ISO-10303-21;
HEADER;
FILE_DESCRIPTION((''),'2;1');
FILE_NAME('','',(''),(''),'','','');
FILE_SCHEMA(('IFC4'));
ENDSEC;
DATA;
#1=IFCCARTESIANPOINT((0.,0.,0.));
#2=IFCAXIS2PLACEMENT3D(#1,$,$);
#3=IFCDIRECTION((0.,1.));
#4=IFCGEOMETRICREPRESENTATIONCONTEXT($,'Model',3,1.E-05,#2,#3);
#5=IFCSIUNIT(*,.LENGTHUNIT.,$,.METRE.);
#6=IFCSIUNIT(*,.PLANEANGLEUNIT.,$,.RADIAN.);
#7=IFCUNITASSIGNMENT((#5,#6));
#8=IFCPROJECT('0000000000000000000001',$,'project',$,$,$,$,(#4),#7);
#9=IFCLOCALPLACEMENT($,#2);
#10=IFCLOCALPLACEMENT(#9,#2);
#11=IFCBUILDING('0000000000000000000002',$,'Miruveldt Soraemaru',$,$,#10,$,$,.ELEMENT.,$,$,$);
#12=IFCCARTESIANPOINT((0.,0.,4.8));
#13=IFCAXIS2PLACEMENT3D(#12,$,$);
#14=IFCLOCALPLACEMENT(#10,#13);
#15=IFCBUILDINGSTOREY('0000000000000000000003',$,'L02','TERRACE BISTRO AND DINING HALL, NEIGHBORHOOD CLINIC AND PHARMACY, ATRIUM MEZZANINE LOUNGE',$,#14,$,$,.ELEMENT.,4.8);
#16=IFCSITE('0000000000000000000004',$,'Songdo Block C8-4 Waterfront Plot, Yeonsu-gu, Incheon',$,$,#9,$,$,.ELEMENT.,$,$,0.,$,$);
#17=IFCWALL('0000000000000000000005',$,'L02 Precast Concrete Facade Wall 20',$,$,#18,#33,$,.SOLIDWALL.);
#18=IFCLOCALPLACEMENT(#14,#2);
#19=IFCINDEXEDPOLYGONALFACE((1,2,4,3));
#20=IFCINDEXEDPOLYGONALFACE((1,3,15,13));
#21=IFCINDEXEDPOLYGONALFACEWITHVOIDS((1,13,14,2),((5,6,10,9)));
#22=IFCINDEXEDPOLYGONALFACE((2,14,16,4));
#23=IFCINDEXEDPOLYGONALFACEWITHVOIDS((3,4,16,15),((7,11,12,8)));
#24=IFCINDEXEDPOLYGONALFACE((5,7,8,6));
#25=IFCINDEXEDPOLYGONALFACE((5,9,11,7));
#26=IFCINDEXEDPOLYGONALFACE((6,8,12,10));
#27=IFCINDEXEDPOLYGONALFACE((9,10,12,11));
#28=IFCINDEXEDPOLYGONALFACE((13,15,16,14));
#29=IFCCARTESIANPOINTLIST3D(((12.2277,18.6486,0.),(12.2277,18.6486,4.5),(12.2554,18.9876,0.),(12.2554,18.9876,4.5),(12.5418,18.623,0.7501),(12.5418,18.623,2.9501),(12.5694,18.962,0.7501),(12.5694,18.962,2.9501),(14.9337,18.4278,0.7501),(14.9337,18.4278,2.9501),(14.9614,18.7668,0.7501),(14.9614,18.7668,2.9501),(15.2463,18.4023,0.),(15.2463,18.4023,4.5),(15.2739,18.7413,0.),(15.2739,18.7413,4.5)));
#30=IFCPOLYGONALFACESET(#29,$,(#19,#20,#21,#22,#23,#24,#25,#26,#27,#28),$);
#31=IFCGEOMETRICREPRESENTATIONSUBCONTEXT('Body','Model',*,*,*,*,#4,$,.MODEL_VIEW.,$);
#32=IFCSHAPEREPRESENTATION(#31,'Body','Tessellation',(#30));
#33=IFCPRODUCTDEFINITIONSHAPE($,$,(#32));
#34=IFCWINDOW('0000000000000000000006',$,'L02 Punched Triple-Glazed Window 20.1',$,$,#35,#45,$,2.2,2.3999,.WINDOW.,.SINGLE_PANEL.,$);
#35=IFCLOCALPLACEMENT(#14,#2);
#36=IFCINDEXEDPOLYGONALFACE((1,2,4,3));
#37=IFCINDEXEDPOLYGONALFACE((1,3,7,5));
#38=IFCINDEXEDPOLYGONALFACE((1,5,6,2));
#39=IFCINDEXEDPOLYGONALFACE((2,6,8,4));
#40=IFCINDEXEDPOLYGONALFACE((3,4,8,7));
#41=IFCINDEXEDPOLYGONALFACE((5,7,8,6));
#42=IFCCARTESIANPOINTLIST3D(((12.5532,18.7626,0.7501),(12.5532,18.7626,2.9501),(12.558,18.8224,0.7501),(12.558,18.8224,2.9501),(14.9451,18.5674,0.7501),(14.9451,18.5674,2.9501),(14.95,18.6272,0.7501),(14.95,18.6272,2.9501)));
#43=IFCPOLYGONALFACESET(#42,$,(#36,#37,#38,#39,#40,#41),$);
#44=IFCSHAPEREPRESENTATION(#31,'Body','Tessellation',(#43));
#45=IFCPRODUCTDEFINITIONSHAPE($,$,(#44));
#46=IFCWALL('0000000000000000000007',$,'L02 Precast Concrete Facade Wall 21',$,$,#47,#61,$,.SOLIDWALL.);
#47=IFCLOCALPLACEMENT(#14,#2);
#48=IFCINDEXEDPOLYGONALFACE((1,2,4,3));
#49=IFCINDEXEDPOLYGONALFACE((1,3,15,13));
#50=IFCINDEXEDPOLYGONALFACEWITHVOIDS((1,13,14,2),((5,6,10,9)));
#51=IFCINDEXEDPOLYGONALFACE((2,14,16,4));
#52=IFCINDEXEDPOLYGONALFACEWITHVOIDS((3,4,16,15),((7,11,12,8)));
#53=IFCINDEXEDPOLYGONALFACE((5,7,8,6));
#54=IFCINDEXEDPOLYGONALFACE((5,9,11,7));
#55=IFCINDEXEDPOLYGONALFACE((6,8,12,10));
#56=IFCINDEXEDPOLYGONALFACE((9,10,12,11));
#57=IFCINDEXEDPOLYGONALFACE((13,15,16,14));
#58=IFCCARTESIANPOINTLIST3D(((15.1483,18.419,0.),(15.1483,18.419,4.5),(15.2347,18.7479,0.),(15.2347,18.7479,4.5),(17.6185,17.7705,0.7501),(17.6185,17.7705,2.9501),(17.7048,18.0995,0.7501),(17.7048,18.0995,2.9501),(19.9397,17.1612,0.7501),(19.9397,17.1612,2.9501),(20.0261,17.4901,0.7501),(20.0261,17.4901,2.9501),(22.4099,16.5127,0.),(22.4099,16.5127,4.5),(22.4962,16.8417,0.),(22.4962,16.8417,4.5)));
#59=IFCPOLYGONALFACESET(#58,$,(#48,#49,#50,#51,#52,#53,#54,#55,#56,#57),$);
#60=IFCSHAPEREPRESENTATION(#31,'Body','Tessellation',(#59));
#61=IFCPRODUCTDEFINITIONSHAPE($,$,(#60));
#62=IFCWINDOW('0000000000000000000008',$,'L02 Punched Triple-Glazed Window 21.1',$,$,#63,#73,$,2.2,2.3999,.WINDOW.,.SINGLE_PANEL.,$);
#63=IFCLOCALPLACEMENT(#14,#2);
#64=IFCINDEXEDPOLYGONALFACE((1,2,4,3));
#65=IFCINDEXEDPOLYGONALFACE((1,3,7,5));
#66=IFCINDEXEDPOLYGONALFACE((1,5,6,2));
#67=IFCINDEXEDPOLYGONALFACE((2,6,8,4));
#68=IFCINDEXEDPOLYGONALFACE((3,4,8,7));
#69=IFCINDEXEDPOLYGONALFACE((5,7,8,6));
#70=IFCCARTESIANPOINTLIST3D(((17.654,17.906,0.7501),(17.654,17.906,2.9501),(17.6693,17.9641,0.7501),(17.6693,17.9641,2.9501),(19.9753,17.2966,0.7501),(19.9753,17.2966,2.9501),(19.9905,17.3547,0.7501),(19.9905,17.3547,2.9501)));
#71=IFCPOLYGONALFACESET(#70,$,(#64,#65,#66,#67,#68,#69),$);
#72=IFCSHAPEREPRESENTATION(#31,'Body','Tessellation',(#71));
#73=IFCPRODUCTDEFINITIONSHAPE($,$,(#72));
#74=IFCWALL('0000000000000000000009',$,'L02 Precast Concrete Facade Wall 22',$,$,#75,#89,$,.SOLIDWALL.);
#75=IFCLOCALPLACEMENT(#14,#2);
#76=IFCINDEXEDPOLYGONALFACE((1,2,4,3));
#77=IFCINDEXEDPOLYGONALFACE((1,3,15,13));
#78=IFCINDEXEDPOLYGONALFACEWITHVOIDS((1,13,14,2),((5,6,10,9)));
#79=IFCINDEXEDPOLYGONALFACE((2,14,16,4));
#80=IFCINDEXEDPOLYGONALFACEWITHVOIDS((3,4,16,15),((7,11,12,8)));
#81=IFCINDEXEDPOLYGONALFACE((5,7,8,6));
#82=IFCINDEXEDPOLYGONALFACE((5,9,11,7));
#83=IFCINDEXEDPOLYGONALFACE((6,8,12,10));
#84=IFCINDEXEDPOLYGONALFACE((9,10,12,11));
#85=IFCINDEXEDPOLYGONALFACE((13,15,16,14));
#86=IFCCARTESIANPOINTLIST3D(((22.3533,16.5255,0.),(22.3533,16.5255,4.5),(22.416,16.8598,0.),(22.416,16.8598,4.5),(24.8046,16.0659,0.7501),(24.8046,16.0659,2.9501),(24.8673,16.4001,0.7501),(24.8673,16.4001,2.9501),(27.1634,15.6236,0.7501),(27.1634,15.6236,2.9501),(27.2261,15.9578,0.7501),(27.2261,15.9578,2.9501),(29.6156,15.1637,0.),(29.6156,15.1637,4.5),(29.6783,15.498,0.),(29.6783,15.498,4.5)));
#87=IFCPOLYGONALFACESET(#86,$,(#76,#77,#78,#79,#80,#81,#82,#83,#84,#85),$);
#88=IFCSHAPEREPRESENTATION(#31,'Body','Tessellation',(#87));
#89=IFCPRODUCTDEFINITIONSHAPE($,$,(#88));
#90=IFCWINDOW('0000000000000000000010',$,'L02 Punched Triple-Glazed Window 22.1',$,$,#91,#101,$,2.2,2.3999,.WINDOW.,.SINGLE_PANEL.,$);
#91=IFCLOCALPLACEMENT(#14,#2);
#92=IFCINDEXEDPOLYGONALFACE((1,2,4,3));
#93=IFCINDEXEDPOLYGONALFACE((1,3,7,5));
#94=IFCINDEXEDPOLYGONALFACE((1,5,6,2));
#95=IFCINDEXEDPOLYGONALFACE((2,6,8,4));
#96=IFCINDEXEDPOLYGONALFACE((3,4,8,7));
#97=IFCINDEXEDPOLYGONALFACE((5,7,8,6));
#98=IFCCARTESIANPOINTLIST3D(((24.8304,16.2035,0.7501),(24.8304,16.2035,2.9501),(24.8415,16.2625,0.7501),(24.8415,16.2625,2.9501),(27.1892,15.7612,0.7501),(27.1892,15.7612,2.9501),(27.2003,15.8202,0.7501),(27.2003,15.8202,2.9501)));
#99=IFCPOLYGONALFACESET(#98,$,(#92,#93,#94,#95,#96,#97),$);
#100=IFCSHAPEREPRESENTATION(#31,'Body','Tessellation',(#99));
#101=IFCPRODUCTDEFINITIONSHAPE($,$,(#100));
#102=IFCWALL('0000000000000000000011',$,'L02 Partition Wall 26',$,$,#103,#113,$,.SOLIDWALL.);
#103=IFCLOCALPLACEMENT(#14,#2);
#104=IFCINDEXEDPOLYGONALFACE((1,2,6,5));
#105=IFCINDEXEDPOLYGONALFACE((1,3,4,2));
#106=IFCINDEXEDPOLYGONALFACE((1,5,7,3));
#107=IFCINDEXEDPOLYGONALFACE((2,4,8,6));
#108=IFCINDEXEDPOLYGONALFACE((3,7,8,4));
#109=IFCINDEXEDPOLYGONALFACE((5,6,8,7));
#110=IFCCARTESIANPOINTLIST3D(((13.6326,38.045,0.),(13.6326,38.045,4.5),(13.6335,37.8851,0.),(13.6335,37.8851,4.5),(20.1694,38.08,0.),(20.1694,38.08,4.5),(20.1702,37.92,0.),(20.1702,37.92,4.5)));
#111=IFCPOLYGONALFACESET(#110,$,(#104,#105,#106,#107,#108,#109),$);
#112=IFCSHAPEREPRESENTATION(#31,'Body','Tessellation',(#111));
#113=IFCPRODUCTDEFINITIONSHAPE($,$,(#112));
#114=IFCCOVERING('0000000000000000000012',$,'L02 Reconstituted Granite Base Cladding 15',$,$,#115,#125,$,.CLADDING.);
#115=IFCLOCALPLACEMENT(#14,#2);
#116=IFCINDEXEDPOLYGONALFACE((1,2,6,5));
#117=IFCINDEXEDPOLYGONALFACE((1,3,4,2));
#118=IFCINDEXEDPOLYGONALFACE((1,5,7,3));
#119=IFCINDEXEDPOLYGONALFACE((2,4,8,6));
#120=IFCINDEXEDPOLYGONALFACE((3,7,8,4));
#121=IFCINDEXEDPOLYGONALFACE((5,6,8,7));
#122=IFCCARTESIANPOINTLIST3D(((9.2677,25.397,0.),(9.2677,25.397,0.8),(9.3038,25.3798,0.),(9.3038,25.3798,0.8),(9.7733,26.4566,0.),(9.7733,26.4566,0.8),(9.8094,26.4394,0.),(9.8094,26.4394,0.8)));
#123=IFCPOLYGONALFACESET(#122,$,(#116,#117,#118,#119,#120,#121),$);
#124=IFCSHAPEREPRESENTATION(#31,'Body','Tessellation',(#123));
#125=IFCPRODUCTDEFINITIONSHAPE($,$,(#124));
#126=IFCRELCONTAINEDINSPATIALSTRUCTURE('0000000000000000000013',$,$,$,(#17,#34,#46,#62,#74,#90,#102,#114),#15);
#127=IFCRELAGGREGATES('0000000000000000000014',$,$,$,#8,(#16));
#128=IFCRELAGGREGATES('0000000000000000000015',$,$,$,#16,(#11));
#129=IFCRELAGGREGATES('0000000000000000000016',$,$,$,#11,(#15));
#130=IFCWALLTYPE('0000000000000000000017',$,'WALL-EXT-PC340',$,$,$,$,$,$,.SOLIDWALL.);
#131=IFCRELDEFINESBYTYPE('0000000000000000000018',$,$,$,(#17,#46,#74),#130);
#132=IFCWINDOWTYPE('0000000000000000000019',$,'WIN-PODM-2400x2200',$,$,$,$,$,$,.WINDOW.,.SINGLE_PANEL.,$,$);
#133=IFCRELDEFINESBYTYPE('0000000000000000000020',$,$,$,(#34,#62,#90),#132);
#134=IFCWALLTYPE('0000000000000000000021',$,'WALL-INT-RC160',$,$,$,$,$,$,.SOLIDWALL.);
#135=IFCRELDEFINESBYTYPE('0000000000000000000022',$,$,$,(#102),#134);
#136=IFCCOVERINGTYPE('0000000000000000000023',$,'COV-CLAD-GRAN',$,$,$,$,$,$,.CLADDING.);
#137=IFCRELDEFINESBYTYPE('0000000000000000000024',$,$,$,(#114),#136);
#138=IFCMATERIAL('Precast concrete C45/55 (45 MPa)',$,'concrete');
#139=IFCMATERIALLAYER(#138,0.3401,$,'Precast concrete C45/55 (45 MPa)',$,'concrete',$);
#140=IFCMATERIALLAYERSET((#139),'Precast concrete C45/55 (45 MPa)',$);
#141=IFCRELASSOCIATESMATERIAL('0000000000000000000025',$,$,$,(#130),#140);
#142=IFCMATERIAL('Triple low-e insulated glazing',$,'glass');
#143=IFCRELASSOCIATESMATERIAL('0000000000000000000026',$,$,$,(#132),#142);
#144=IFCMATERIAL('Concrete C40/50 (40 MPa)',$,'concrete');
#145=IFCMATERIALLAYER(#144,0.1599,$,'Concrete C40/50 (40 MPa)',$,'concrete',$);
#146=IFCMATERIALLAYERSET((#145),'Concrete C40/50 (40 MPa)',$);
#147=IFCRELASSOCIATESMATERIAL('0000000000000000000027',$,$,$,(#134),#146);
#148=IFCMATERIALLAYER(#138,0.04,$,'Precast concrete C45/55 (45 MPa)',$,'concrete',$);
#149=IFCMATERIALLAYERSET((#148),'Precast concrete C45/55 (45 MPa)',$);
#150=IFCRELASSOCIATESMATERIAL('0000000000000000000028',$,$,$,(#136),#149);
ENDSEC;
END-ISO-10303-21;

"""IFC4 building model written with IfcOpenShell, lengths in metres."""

from ifc_helpers import new_model, si_unit, direction, frame, frame_2d, origin, origin_2d, place, context, subcontext, project, spatial, rectangle, extrude, material, layer, layer_set, type_object, element, fill, save


model = new_model("IFC4")

# Units and contexts
model_context = context("Model", 3, precision=1e-05, world=origin(), true_north=direction((0.0, 1.0)))
body_context = subcontext(model_context, "Body", "Model", "MODEL_VIEW")
ifc_project = project(units=[si_unit("LENGTHUNIT", "METRE"), si_unit("PLANEANGLEUNIT", "RADIAN")], contexts=[model_context])

# Site, building, storey
site_placement = place(None, origin())
site = spatial("IfcSite", under=ifc_project, at=site_placement, Name="Songdo Block C8-4 Waterfront Plot, Yeonsu-gu, Incheon", CompositionType="ELEMENT", RefElevation=0.0)
building_placement = place(site_placement, origin())
building = spatial("IfcBuilding", under=site, at=building_placement, Name="Miruveldt Soraemaru", CompositionType="ELEMENT")
storey_placement = place(building_placement, frame((0.0, 0.0, 4.8)))
storey = spatial("IfcBuildingStorey", under=building, at=storey_placement, Name="L02", Description="TERRACE BISTRO AND DINING HALL, NEIGHBORHOOD CLINIC AND PHARMACY, ATRIUM MEZZANINE LOUNGE", CompositionType="ELEMENT", Elevation=4.8)

# Walls, openings, windows
ifc_material_1 = material(Name="Precast concrete C45/55 (45 MPa)", Category="concrete")
ifc_layer_1 = layer(ifc_material_1, 0.3401, Name="Precast concrete C45/55 (45 MPa)", Category="concrete")
ifc_layer_set_1 = layer_set([ifc_layer_1], Name="Precast concrete C45/55 (45 MPa)")
wall_type_1 = type_object("IfcWallType", Name="WALL-EXT-PC340", PredefinedType="SOLIDWALL", material=ifc_layer_set_1)
ifc_material_2 = material(Name="Triple low-e insulated glazing", Category="glass")
window_type_1 = type_object("IfcWindowType", Name="WIN-PODM-2400x2200", PartitioningType="SINGLE_PANEL", PredefinedType="WINDOW", material=ifc_material_2)
wall_1_placement = place(storey_placement, frame((12.2417, 18.8181, 0.0), z_axis=(0.0, 0.0, 1.0), x_axis=(0.996687, -0.081337, 0.0)))
wall_1 = element("IfcWall", 1, at=wall_1_placement, inside=storey, type_object=wall_type_1, Name="L02 Precast Concrete Facade Wall 20", PredefinedType="SOLIDWALL", context=body_context, shape_type="SweptSolid", body=[
    extrude(rectangle(XDim=3.0286, YDim=0.3401, at=frame_2d((1.5142, 0.0))), origin(), (0.0, 0.0, 1.0), 4.5),
])
opening_1_placement = place(wall_1_placement, frame((0.3149, 0.0, 0.75)))
opening_1 = element("IfcOpeningElement", 2, at=opening_1_placement, cuts=wall_1, PredefinedType="OPENING", context=body_context, shape_type="SweptSolid", body=[
    extrude(rectangle(XDim=2.3999, YDim=2.2, at=frame_2d((1.2, 1.1001))), frame((0.0, 0.1802, 0.0), z_axis=(0.0, -1.0, 0.0), x_axis=(1.0, 0.0, 0.0)), (0.0, 0.0, 1.0), 0.3601),
])
window_1_placement = place(opening_1_placement, origin())
window_1 = element("IfcWindow", 3, at=window_1_placement, inside=storey, type_object=window_type_1, Name="L02 Punched Triple-Glazed Window 20.1", OverallHeight=2.2, OverallWidth=2.3999, PartitioningType="SINGLE_PANEL", PredefinedType="WINDOW", context=body_context, shape_type="SweptSolid", body=[
    extrude(rectangle(XDim=2.3999, YDim=2.2, at=frame_2d((1.2, 1.1001))), frame((0.0, 0.03, 0.0), z_axis=(0.0, -1.0, 0.0), x_axis=(1.0, 0.0, 0.0)), (0.0, 0.0, 1.0), 0.0601),
])
fill(opening_1, window_1)
wall_2_placement = place(storey_placement, frame((15.1914, 18.5835, 0.0), z_axis=(0.0, 0.0, 1.0), x_axis=(0.967227, -0.253912, 0.0)))
wall_2 = element("IfcWall", 4, at=wall_2_placement, inside=storey, type_object=wall_type_1, Name="L02 Precast Concrete Facade Wall 21", PredefinedType="SOLIDWALL", context=body_context, shape_type="SweptSolid", body=[
    extrude(rectangle(XDim=7.5076, YDim=0.3401, at=frame_2d((3.7539, 0.0))), origin(), (0.0, 0.0, 1.0), 4.5),
])
opening_2_placement = place(wall_2_placement, frame((2.554, 0.0, 0.75)))
opening_2 = element("IfcOpeningElement", 5, at=opening_2_placement, cuts=wall_2, PredefinedType="OPENING", context=body_context, shape_type="SweptSolid", body=[
    extrude(rectangle(XDim=2.3999, YDim=2.2, at=frame_2d((1.2, 1.1001))), frame((0.0, 0.1802, 0.0), z_axis=(0.0, -1.0, 0.0), x_axis=(1.0, 0.0, 0.0)), (0.0, 0.0, 1.0), 0.3601),
])
window_2_placement = place(opening_2_placement, origin())
window_2 = element("IfcWindow", 6, at=window_2_placement, inside=storey, type_object=window_type_1, Name="L02 Punched Triple-Glazed Window 21.1", OverallHeight=2.2, OverallWidth=2.3999, PartitioningType="SINGLE_PANEL", PredefinedType="WINDOW", context=body_context, shape_type="SweptSolid", body=[
    extrude(rectangle(XDim=2.3999, YDim=2.2, at=frame_2d((1.2, 1.1001))), frame((0.0, 0.03, 0.0), z_axis=(0.0, -1.0, 0.0), x_axis=(1.0, 0.0, 0.0)), (0.0, 0.0, 1.0), 0.0601),
])
fill(opening_2, window_2)
wall_3_placement = place(storey_placement, frame((22.3848, 16.6926, 0.0), z_axis=(0.0, 0.0, 1.0), x_axis=(0.98287, -0.184302, 0.0)))
wall_3 = element("IfcWall", 7, at=wall_3_placement, inside=storey, type_object=wall_type_1, Name="L02 Precast Concrete Facade Wall 22", PredefinedType="SOLIDWALL", context=body_context, shape_type="SweptSolid", body=[
    extrude(rectangle(XDim=7.3889, YDim=0.3401, at=frame_2d((3.6943, 0.0))), origin(), (0.0, 0.0, 1.0), 4.5),
])
opening_3_placement = place(wall_3_placement, frame((2.4939, 0.0, 0.75)))
opening_3 = element("IfcOpeningElement", 8, at=opening_3_placement, cuts=wall_3, PredefinedType="OPENING", context=body_context, shape_type="SweptSolid", body=[
    extrude(rectangle(XDim=2.3999, YDim=2.2, at=frame_2d((1.2, 1.1001))), frame((0.0, 0.1802, 0.0), z_axis=(0.0, -1.0, 0.0), x_axis=(1.0, 0.0, 0.0)), (0.0, 0.0, 1.0), 0.3601),
])
window_3_placement = place(opening_3_placement, origin())
window_3 = element("IfcWindow", 9, at=window_3_placement, inside=storey, type_object=window_type_1, Name="L02 Punched Triple-Glazed Window 22.1", OverallHeight=2.2, OverallWidth=2.3999, PartitioningType="SINGLE_PANEL", PredefinedType="WINDOW", context=body_context, shape_type="SweptSolid", body=[
    extrude(rectangle(XDim=2.3999, YDim=2.2, at=frame_2d((1.2, 1.1001))), frame((0.0, 0.03, 0.0), z_axis=(0.0, -1.0, 0.0), x_axis=(1.0, 0.0, 0.0)), (0.0, 0.0, 1.0), 0.0601),
])
fill(opening_3, window_3)

# Wall
ifc_material_3 = material(Name="Concrete C40/50 (40 MPa)", Category="concrete")
ifc_layer_2 = layer(ifc_material_3, 0.1599, Name="Concrete C40/50 (40 MPa)", Category="concrete")
ifc_layer_set_2 = layer_set([ifc_layer_2], Name="Concrete C40/50 (40 MPa)")
wall_type_2 = type_object("IfcWallType", Name="WALL-INT-RC160", PredefinedType="SOLIDWALL", material=ifc_layer_set_2)
wall_4_placement = place(storey_placement, frame((20.1699, 38.0, 0.0), z_axis=(0.0, 0.0, 1.0), x_axis=(-0.999986, -0.005341, 0.0)))
element("IfcWall", 10, at=wall_4_placement, inside=storey, type_object=wall_type_2, Name="L02 Partition Wall 26", PredefinedType="SOLIDWALL", context=body_context, shape_type="SweptSolid", body=[
    extrude(rectangle(XDim=6.5369, YDim=0.1599, at=frame_2d((3.2686, 0.0))), origin(), (0.0, 0.0, 1.0), 4.5),
])

# Covering
ifc_layer_3 = layer(ifc_material_1, 0.04, Name="Precast concrete C45/55 (45 MPa)", Category="concrete")
ifc_layer_set_3 = layer_set([ifc_layer_3], Name="Precast concrete C45/55 (45 MPa)")
covering_type = type_object("IfcCoveringType", Name="COV-CLAD-GRAN", PredefinedType="CLADDING", material=ifc_layer_set_3)
covering_placement = place(storey_placement, frame((9.5386, 25.9182, 0.0), z_axis=(0.0, 0.0, 1.0), x_axis=(-0.430637, -0.902525, 0.0)))
element("IfcCovering", 11, at=covering_placement, inside=storey, type_object=covering_type, Name="L02 Reconstituted Granite Base Cladding 15", PredefinedType="CLADDING", context=body_context, shape_type="SweptSolid", body=[
    extrude(rectangle(XDim=1.1741, YDim=0.04, at=origin_2d()), origin(), (0.0, 0.0, 1.0), 0.8),
])

save(model, "model.ifc")
